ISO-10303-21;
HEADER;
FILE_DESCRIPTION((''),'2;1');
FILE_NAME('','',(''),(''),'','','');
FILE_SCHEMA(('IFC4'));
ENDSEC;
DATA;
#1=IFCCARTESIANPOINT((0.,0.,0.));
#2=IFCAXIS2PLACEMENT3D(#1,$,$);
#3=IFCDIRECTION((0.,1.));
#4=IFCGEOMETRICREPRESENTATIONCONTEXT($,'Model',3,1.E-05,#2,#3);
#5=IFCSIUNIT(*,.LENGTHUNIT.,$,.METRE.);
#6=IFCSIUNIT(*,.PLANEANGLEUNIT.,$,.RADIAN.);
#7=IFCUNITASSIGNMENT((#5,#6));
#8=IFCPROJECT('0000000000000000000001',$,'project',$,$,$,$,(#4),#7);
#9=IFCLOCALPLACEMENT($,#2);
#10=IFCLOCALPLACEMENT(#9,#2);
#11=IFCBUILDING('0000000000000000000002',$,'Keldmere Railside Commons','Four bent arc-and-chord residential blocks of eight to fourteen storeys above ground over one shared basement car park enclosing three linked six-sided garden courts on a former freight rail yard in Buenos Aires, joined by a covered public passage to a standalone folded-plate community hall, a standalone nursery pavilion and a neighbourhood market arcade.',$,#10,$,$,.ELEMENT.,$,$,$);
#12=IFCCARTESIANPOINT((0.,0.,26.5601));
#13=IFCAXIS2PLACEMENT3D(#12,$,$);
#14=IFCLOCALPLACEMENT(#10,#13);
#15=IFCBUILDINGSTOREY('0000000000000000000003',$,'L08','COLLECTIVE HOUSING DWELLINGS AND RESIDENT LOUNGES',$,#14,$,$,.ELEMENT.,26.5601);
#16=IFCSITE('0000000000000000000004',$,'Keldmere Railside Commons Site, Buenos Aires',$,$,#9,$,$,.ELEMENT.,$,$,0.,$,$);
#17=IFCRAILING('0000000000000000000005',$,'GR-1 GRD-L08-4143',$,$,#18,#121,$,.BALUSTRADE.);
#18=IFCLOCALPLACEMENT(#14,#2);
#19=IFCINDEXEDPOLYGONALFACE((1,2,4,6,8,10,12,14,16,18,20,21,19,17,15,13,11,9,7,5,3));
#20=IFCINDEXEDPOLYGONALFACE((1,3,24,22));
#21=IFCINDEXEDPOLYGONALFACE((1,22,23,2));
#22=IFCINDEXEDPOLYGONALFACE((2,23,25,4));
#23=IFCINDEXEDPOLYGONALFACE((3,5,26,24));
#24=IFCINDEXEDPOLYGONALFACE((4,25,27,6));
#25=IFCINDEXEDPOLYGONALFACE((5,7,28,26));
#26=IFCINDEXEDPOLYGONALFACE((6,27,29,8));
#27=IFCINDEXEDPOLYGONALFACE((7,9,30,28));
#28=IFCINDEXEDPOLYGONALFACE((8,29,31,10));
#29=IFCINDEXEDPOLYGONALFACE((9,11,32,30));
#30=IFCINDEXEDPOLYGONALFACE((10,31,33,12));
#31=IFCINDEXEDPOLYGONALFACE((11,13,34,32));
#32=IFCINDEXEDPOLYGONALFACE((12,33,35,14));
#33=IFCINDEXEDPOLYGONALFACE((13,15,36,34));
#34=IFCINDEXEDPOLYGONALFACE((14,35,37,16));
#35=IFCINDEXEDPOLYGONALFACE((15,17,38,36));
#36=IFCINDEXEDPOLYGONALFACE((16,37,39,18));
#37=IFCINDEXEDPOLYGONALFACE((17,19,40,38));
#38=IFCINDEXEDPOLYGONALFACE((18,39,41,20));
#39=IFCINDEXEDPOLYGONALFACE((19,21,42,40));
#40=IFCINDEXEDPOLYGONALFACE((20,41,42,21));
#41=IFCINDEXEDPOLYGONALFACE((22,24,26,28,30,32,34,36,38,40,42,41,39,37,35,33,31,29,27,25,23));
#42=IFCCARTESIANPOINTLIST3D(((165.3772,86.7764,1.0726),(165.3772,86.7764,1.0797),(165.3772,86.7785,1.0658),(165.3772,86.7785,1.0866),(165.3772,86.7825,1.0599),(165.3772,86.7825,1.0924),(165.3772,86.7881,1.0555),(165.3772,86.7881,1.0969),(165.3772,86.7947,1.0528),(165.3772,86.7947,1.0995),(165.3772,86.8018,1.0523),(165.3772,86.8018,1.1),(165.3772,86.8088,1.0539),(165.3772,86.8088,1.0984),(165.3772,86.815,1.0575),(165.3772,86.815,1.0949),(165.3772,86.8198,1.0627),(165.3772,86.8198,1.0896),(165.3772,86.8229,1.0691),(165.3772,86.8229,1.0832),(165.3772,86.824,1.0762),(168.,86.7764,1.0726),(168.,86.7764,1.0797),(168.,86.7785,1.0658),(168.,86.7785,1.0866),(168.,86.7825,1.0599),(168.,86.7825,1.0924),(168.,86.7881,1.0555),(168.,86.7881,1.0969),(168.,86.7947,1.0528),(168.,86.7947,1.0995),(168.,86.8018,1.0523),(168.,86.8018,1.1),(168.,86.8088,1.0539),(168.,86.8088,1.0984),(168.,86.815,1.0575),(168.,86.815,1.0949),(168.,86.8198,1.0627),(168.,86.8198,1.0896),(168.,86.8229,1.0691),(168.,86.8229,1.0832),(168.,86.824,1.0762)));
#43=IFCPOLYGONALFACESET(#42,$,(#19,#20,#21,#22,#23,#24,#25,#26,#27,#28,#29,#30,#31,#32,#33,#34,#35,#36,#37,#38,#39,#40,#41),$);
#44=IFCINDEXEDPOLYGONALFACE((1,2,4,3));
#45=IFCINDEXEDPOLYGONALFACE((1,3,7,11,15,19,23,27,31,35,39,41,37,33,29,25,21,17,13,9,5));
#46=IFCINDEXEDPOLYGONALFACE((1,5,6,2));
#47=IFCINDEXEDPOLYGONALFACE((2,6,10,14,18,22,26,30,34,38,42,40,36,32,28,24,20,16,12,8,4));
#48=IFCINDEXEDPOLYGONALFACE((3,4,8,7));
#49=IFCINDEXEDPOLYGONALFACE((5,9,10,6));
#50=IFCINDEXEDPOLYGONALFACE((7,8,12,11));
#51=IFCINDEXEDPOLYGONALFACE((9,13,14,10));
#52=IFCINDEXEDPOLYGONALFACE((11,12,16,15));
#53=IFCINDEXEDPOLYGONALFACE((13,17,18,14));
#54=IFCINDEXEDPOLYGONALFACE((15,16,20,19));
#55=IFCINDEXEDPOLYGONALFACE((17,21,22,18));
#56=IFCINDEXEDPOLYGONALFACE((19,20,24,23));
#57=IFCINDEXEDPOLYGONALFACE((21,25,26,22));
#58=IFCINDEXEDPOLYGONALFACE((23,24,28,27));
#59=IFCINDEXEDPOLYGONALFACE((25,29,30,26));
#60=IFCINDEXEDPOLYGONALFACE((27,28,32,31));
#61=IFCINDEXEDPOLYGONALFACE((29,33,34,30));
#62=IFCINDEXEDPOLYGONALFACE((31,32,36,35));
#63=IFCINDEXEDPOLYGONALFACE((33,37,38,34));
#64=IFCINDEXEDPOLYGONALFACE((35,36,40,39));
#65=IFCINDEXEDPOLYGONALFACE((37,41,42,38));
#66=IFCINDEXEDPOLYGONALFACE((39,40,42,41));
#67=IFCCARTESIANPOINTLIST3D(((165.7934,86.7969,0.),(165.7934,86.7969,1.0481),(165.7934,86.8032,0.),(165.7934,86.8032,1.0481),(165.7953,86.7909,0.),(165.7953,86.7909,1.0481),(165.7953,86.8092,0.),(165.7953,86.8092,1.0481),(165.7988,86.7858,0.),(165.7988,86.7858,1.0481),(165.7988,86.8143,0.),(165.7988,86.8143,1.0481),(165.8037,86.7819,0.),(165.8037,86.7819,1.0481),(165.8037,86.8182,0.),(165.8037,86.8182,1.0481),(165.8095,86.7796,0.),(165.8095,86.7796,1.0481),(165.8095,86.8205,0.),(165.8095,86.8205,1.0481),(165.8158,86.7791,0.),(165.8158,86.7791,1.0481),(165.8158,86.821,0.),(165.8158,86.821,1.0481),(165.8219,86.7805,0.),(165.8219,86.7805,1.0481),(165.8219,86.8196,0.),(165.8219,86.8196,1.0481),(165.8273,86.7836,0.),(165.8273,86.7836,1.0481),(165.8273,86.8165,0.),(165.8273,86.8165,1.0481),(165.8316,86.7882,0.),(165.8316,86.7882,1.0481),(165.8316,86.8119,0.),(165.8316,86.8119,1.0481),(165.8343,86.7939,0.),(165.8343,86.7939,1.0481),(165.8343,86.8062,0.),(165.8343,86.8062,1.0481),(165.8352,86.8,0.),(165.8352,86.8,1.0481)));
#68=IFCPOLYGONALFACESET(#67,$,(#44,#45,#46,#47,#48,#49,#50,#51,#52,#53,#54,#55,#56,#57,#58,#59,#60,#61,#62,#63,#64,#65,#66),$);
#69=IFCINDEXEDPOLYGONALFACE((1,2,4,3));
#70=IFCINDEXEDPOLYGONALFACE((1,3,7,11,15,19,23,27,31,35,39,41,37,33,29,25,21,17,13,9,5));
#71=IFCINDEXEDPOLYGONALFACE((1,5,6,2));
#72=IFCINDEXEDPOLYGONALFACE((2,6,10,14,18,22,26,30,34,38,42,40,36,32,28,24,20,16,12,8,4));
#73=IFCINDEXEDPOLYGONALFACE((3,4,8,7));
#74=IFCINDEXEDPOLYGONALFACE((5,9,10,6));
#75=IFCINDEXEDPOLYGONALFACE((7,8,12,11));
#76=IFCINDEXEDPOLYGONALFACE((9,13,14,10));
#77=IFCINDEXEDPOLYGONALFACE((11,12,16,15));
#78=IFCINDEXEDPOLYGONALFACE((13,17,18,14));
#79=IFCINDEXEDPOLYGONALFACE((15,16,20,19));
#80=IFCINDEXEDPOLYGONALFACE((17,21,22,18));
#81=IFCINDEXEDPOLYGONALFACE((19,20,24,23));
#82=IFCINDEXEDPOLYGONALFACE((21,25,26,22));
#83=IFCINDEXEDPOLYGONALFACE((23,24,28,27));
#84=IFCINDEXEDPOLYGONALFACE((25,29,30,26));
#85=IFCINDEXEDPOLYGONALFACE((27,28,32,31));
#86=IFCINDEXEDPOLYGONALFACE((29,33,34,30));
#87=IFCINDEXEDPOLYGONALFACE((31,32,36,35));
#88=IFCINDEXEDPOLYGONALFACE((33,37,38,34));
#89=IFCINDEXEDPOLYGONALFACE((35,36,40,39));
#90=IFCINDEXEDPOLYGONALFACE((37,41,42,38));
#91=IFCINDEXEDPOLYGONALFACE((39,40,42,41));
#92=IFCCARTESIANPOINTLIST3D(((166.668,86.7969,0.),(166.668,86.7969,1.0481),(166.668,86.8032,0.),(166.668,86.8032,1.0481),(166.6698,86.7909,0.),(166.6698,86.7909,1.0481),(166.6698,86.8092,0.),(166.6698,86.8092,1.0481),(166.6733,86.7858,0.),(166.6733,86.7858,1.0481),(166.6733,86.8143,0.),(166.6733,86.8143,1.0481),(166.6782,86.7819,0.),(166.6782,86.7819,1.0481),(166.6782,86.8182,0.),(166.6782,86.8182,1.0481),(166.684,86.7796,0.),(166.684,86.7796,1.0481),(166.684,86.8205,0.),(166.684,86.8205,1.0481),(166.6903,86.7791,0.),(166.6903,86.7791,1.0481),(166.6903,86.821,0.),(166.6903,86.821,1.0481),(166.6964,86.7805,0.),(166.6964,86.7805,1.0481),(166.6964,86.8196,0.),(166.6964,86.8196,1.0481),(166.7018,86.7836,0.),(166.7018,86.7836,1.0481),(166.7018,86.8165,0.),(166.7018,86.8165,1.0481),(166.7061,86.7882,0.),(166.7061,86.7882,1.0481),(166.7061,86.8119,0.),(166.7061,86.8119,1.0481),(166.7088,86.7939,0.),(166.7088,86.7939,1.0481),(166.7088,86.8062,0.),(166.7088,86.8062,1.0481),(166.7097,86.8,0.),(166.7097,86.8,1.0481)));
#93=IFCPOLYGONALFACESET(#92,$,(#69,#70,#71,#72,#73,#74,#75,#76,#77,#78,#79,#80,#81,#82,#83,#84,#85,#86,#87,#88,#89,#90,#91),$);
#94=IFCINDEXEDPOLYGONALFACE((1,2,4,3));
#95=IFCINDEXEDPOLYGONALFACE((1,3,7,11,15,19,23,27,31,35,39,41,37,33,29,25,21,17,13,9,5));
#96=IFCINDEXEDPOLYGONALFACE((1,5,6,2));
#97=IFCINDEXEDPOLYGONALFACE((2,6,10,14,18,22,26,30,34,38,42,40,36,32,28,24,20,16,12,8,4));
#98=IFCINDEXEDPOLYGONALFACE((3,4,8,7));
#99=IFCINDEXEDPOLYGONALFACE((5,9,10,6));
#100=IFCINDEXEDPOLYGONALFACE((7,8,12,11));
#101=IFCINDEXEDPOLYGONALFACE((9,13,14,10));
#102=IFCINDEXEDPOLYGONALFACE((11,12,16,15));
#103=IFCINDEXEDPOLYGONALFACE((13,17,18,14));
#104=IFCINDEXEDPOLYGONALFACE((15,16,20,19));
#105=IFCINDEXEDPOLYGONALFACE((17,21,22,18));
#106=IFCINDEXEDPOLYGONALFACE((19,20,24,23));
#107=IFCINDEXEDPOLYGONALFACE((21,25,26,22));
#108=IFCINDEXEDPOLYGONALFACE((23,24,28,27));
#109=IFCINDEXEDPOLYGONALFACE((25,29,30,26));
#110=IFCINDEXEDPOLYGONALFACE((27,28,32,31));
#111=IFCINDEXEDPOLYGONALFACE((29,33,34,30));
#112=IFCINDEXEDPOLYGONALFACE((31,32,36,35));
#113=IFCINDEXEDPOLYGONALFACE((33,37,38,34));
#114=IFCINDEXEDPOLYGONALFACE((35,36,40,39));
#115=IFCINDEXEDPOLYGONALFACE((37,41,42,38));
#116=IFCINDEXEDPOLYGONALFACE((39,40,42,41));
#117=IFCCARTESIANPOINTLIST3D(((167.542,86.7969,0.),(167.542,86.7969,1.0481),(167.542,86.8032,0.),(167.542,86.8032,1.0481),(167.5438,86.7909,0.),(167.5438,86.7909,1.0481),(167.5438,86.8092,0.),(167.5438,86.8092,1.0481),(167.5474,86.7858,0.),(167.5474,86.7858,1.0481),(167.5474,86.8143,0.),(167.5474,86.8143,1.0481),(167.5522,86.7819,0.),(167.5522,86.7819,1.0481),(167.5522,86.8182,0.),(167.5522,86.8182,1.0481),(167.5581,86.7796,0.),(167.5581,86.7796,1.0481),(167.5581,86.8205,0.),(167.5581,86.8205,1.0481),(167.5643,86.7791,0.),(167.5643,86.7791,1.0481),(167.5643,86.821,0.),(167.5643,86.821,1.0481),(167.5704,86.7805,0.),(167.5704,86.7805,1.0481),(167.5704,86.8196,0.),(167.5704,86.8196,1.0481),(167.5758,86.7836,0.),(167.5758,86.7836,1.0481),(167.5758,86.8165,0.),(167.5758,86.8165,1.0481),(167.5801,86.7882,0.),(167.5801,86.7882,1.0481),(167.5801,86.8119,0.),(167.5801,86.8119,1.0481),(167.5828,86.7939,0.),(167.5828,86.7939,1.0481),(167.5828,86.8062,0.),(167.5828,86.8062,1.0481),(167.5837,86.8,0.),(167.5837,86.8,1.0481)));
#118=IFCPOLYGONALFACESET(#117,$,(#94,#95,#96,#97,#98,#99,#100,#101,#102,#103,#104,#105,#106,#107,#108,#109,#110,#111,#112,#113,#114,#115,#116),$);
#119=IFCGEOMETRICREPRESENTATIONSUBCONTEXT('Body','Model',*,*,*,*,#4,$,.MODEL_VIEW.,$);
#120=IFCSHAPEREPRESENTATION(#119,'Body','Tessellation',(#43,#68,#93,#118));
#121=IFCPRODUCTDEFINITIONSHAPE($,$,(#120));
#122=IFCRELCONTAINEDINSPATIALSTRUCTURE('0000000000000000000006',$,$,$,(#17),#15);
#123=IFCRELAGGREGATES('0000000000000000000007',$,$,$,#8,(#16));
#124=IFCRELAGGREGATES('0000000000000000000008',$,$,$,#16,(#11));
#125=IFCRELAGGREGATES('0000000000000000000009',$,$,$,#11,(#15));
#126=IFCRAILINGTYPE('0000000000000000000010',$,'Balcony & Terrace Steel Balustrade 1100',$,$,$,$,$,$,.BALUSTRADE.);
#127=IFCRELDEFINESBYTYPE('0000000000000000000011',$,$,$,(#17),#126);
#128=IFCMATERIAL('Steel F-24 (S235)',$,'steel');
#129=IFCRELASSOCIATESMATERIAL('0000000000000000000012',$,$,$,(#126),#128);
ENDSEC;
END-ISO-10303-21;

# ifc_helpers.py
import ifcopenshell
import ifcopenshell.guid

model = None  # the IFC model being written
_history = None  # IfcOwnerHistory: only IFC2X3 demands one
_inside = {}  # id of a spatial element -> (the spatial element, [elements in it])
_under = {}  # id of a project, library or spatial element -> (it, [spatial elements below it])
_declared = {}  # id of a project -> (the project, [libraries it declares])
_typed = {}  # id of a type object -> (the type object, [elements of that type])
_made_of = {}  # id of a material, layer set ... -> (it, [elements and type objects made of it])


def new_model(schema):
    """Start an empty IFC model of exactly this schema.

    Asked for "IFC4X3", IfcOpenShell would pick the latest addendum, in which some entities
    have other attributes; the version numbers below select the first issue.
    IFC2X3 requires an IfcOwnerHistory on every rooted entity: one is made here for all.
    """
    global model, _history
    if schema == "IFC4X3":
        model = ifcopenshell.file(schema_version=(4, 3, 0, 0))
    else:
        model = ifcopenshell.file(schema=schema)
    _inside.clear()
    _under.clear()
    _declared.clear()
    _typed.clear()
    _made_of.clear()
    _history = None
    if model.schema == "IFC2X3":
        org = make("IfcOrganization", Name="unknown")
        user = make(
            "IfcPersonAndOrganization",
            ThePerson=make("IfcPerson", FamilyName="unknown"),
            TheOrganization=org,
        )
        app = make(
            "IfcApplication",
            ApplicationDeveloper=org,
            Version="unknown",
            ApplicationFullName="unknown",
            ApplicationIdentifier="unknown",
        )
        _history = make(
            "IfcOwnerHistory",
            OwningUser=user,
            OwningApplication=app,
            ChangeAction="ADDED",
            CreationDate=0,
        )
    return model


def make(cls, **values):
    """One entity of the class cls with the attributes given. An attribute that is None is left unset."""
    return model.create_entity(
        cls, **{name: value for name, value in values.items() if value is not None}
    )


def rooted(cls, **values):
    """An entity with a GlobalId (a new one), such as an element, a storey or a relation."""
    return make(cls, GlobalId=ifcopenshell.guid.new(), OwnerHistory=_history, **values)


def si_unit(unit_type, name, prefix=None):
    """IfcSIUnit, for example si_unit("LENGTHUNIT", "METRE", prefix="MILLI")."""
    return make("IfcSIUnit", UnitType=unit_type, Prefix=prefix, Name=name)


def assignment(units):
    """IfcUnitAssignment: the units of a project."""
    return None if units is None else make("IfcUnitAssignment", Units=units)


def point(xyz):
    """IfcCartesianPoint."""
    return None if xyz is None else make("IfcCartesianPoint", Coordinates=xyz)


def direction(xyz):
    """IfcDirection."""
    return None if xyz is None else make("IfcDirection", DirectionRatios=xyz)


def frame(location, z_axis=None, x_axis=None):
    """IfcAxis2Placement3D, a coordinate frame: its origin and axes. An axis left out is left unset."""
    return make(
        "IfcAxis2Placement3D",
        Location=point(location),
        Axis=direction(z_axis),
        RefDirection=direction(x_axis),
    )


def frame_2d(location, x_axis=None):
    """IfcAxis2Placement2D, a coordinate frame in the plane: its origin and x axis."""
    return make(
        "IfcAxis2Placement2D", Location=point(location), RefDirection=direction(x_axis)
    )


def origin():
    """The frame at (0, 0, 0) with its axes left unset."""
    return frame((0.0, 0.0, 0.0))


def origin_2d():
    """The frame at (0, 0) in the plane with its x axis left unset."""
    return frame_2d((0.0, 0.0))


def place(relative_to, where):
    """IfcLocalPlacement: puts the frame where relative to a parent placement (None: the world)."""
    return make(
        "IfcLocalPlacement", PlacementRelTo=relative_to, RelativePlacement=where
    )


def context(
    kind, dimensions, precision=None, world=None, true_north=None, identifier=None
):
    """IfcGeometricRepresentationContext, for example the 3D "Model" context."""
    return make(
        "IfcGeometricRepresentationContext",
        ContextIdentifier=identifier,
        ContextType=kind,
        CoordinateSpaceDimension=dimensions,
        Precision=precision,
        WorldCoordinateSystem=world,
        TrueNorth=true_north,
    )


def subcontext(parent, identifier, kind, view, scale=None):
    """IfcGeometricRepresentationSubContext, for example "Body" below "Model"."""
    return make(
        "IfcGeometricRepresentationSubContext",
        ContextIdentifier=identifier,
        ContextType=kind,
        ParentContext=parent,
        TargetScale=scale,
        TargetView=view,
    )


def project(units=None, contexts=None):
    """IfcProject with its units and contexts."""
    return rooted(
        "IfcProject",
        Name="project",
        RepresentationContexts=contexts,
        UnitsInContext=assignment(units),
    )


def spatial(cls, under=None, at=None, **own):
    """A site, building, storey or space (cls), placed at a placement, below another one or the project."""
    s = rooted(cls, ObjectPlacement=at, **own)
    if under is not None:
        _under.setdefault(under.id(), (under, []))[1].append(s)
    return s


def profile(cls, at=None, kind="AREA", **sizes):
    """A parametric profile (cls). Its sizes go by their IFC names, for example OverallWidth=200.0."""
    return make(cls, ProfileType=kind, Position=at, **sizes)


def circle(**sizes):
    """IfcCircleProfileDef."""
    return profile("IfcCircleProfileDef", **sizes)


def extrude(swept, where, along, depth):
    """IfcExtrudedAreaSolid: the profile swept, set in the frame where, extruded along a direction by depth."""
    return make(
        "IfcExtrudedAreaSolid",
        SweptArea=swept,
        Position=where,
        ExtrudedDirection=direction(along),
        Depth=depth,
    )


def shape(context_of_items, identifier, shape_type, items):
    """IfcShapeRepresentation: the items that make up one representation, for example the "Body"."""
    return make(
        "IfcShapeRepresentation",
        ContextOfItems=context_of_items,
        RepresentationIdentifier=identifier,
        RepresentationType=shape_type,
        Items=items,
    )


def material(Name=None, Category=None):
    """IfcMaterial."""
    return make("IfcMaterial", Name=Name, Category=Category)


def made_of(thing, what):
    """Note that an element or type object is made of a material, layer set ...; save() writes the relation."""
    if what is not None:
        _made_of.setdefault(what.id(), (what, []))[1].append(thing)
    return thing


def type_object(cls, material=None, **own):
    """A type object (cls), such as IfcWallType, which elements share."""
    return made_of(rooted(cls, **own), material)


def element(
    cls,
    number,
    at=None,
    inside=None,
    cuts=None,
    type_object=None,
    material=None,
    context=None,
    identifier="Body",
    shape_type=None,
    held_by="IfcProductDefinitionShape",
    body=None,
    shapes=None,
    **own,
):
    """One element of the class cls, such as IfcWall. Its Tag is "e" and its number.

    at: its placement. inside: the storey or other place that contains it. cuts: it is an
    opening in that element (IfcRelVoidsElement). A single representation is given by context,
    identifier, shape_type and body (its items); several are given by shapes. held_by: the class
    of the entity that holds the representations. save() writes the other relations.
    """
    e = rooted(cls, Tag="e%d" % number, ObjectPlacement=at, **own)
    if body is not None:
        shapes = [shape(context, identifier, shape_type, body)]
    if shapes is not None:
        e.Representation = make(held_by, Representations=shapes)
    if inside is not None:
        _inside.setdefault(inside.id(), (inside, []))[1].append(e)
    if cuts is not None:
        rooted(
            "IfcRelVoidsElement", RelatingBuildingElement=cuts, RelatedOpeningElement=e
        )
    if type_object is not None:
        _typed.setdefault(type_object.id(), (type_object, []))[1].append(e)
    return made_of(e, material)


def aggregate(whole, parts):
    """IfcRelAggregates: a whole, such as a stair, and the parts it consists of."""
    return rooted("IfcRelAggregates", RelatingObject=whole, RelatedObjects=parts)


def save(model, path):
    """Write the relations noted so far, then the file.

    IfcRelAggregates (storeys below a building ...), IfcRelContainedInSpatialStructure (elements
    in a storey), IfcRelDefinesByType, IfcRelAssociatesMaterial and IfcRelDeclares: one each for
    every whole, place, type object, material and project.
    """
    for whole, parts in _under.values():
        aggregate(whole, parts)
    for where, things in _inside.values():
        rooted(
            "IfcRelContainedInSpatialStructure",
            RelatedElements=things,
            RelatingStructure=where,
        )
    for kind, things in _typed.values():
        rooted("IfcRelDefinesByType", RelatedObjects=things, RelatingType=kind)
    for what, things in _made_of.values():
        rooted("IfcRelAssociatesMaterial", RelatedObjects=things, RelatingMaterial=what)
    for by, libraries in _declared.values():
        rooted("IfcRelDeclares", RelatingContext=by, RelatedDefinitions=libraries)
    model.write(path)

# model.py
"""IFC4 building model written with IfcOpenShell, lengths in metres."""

from ifc_helpers import new_model, si_unit, direction, frame, origin, origin_2d, place, context, subcontext, project, spatial, circle, extrude, material, type_object, element, save


model = new_model("IFC4")

# Units and contexts
model_context = context("Model", 3, precision=1e-05, world=origin(), true_north=direction((0.0, 1.0)))
body_context = subcontext(model_context, "Body", "Model", "MODEL_VIEW")
ifc_project = project(units=[si_unit("LENGTHUNIT", "METRE"), si_unit("PLANEANGLEUNIT", "RADIAN")], contexts=[model_context])

# Site, building, storey
site_placement = place(None, origin())
site = spatial("IfcSite", under=ifc_project, at=site_placement, Name="Keldmere Railside Commons Site, Buenos Aires", CompositionType="ELEMENT", RefElevation=0.0)
building_placement = place(site_placement, origin())
building = spatial("IfcBuilding", under=site, at=building_placement, Name="Keldmere Railside Commons", Description="Four bent arc-and-chord residential blocks of eight to fourteen storeys above ground over one shared basement car park enclosing three linked six-sided garden courts on a former freight rail yard in Buenos Aires, joined by a covered public passage to a standalone folded-plate community hall, a standalone nursery pavilion and a neighbourhood market arcade.", CompositionType="ELEMENT")
storey_placement = place(building_placement, frame((0.0, 0.0, 26.5601)))
storey = spatial("IfcBuildingStorey", under=building, at=storey_placement, Name="L08", Description="COLLECTIVE HOUSING DWELLINGS AND RESIDENT LOUNGES", CompositionType="ELEMENT", Elevation=26.5601)

# Railing
ifc_material_1 = material(Name="Steel F-24 (S235)", Category="steel")
railing_type = type_object("IfcRailingType", Name="Balcony & Terrace Steel Balustrade 1100", PredefinedType="BALUSTRADE", material=ifc_material_1)
railing_1_placement = place(storey_placement, frame((165.3772, 86.8, 0.0)))
element("IfcRailing", 1, at=railing_1_placement, inside=storey, type_object=railing_type, Name="GR-1 GRD-L08-4143", PredefinedType="BALUSTRADE", context=body_context, shape_type="SweptSolid", body=[
    extrude(circle(Radius=0.0239, at=origin_2d()), frame((0.0, 0.0, 1.0762), z_axis=(1.0, 0.0, 0.0), x_axis=(0.0, 1.0, 0.0)), (0.0, 0.0, 1.0), 2.6228),
    extrude(circle(Radius=0.021, at=origin_2d()), frame((0.437, 0.0, 0.0)), (0.0, 0.0, 1.0), 1.0481),
    extrude(circle(Radius=0.021, at=origin_2d()), frame((1.3115, 0.0, 0.0)), (0.0, 0.0, 1.0), 1.0481),
    extrude(circle(Radius=0.021, at=origin_2d()), frame((2.1855, 0.0, 0.0)), (0.0, 0.0, 1.0), 1.0481),
])

save(model, "model.ifc")
